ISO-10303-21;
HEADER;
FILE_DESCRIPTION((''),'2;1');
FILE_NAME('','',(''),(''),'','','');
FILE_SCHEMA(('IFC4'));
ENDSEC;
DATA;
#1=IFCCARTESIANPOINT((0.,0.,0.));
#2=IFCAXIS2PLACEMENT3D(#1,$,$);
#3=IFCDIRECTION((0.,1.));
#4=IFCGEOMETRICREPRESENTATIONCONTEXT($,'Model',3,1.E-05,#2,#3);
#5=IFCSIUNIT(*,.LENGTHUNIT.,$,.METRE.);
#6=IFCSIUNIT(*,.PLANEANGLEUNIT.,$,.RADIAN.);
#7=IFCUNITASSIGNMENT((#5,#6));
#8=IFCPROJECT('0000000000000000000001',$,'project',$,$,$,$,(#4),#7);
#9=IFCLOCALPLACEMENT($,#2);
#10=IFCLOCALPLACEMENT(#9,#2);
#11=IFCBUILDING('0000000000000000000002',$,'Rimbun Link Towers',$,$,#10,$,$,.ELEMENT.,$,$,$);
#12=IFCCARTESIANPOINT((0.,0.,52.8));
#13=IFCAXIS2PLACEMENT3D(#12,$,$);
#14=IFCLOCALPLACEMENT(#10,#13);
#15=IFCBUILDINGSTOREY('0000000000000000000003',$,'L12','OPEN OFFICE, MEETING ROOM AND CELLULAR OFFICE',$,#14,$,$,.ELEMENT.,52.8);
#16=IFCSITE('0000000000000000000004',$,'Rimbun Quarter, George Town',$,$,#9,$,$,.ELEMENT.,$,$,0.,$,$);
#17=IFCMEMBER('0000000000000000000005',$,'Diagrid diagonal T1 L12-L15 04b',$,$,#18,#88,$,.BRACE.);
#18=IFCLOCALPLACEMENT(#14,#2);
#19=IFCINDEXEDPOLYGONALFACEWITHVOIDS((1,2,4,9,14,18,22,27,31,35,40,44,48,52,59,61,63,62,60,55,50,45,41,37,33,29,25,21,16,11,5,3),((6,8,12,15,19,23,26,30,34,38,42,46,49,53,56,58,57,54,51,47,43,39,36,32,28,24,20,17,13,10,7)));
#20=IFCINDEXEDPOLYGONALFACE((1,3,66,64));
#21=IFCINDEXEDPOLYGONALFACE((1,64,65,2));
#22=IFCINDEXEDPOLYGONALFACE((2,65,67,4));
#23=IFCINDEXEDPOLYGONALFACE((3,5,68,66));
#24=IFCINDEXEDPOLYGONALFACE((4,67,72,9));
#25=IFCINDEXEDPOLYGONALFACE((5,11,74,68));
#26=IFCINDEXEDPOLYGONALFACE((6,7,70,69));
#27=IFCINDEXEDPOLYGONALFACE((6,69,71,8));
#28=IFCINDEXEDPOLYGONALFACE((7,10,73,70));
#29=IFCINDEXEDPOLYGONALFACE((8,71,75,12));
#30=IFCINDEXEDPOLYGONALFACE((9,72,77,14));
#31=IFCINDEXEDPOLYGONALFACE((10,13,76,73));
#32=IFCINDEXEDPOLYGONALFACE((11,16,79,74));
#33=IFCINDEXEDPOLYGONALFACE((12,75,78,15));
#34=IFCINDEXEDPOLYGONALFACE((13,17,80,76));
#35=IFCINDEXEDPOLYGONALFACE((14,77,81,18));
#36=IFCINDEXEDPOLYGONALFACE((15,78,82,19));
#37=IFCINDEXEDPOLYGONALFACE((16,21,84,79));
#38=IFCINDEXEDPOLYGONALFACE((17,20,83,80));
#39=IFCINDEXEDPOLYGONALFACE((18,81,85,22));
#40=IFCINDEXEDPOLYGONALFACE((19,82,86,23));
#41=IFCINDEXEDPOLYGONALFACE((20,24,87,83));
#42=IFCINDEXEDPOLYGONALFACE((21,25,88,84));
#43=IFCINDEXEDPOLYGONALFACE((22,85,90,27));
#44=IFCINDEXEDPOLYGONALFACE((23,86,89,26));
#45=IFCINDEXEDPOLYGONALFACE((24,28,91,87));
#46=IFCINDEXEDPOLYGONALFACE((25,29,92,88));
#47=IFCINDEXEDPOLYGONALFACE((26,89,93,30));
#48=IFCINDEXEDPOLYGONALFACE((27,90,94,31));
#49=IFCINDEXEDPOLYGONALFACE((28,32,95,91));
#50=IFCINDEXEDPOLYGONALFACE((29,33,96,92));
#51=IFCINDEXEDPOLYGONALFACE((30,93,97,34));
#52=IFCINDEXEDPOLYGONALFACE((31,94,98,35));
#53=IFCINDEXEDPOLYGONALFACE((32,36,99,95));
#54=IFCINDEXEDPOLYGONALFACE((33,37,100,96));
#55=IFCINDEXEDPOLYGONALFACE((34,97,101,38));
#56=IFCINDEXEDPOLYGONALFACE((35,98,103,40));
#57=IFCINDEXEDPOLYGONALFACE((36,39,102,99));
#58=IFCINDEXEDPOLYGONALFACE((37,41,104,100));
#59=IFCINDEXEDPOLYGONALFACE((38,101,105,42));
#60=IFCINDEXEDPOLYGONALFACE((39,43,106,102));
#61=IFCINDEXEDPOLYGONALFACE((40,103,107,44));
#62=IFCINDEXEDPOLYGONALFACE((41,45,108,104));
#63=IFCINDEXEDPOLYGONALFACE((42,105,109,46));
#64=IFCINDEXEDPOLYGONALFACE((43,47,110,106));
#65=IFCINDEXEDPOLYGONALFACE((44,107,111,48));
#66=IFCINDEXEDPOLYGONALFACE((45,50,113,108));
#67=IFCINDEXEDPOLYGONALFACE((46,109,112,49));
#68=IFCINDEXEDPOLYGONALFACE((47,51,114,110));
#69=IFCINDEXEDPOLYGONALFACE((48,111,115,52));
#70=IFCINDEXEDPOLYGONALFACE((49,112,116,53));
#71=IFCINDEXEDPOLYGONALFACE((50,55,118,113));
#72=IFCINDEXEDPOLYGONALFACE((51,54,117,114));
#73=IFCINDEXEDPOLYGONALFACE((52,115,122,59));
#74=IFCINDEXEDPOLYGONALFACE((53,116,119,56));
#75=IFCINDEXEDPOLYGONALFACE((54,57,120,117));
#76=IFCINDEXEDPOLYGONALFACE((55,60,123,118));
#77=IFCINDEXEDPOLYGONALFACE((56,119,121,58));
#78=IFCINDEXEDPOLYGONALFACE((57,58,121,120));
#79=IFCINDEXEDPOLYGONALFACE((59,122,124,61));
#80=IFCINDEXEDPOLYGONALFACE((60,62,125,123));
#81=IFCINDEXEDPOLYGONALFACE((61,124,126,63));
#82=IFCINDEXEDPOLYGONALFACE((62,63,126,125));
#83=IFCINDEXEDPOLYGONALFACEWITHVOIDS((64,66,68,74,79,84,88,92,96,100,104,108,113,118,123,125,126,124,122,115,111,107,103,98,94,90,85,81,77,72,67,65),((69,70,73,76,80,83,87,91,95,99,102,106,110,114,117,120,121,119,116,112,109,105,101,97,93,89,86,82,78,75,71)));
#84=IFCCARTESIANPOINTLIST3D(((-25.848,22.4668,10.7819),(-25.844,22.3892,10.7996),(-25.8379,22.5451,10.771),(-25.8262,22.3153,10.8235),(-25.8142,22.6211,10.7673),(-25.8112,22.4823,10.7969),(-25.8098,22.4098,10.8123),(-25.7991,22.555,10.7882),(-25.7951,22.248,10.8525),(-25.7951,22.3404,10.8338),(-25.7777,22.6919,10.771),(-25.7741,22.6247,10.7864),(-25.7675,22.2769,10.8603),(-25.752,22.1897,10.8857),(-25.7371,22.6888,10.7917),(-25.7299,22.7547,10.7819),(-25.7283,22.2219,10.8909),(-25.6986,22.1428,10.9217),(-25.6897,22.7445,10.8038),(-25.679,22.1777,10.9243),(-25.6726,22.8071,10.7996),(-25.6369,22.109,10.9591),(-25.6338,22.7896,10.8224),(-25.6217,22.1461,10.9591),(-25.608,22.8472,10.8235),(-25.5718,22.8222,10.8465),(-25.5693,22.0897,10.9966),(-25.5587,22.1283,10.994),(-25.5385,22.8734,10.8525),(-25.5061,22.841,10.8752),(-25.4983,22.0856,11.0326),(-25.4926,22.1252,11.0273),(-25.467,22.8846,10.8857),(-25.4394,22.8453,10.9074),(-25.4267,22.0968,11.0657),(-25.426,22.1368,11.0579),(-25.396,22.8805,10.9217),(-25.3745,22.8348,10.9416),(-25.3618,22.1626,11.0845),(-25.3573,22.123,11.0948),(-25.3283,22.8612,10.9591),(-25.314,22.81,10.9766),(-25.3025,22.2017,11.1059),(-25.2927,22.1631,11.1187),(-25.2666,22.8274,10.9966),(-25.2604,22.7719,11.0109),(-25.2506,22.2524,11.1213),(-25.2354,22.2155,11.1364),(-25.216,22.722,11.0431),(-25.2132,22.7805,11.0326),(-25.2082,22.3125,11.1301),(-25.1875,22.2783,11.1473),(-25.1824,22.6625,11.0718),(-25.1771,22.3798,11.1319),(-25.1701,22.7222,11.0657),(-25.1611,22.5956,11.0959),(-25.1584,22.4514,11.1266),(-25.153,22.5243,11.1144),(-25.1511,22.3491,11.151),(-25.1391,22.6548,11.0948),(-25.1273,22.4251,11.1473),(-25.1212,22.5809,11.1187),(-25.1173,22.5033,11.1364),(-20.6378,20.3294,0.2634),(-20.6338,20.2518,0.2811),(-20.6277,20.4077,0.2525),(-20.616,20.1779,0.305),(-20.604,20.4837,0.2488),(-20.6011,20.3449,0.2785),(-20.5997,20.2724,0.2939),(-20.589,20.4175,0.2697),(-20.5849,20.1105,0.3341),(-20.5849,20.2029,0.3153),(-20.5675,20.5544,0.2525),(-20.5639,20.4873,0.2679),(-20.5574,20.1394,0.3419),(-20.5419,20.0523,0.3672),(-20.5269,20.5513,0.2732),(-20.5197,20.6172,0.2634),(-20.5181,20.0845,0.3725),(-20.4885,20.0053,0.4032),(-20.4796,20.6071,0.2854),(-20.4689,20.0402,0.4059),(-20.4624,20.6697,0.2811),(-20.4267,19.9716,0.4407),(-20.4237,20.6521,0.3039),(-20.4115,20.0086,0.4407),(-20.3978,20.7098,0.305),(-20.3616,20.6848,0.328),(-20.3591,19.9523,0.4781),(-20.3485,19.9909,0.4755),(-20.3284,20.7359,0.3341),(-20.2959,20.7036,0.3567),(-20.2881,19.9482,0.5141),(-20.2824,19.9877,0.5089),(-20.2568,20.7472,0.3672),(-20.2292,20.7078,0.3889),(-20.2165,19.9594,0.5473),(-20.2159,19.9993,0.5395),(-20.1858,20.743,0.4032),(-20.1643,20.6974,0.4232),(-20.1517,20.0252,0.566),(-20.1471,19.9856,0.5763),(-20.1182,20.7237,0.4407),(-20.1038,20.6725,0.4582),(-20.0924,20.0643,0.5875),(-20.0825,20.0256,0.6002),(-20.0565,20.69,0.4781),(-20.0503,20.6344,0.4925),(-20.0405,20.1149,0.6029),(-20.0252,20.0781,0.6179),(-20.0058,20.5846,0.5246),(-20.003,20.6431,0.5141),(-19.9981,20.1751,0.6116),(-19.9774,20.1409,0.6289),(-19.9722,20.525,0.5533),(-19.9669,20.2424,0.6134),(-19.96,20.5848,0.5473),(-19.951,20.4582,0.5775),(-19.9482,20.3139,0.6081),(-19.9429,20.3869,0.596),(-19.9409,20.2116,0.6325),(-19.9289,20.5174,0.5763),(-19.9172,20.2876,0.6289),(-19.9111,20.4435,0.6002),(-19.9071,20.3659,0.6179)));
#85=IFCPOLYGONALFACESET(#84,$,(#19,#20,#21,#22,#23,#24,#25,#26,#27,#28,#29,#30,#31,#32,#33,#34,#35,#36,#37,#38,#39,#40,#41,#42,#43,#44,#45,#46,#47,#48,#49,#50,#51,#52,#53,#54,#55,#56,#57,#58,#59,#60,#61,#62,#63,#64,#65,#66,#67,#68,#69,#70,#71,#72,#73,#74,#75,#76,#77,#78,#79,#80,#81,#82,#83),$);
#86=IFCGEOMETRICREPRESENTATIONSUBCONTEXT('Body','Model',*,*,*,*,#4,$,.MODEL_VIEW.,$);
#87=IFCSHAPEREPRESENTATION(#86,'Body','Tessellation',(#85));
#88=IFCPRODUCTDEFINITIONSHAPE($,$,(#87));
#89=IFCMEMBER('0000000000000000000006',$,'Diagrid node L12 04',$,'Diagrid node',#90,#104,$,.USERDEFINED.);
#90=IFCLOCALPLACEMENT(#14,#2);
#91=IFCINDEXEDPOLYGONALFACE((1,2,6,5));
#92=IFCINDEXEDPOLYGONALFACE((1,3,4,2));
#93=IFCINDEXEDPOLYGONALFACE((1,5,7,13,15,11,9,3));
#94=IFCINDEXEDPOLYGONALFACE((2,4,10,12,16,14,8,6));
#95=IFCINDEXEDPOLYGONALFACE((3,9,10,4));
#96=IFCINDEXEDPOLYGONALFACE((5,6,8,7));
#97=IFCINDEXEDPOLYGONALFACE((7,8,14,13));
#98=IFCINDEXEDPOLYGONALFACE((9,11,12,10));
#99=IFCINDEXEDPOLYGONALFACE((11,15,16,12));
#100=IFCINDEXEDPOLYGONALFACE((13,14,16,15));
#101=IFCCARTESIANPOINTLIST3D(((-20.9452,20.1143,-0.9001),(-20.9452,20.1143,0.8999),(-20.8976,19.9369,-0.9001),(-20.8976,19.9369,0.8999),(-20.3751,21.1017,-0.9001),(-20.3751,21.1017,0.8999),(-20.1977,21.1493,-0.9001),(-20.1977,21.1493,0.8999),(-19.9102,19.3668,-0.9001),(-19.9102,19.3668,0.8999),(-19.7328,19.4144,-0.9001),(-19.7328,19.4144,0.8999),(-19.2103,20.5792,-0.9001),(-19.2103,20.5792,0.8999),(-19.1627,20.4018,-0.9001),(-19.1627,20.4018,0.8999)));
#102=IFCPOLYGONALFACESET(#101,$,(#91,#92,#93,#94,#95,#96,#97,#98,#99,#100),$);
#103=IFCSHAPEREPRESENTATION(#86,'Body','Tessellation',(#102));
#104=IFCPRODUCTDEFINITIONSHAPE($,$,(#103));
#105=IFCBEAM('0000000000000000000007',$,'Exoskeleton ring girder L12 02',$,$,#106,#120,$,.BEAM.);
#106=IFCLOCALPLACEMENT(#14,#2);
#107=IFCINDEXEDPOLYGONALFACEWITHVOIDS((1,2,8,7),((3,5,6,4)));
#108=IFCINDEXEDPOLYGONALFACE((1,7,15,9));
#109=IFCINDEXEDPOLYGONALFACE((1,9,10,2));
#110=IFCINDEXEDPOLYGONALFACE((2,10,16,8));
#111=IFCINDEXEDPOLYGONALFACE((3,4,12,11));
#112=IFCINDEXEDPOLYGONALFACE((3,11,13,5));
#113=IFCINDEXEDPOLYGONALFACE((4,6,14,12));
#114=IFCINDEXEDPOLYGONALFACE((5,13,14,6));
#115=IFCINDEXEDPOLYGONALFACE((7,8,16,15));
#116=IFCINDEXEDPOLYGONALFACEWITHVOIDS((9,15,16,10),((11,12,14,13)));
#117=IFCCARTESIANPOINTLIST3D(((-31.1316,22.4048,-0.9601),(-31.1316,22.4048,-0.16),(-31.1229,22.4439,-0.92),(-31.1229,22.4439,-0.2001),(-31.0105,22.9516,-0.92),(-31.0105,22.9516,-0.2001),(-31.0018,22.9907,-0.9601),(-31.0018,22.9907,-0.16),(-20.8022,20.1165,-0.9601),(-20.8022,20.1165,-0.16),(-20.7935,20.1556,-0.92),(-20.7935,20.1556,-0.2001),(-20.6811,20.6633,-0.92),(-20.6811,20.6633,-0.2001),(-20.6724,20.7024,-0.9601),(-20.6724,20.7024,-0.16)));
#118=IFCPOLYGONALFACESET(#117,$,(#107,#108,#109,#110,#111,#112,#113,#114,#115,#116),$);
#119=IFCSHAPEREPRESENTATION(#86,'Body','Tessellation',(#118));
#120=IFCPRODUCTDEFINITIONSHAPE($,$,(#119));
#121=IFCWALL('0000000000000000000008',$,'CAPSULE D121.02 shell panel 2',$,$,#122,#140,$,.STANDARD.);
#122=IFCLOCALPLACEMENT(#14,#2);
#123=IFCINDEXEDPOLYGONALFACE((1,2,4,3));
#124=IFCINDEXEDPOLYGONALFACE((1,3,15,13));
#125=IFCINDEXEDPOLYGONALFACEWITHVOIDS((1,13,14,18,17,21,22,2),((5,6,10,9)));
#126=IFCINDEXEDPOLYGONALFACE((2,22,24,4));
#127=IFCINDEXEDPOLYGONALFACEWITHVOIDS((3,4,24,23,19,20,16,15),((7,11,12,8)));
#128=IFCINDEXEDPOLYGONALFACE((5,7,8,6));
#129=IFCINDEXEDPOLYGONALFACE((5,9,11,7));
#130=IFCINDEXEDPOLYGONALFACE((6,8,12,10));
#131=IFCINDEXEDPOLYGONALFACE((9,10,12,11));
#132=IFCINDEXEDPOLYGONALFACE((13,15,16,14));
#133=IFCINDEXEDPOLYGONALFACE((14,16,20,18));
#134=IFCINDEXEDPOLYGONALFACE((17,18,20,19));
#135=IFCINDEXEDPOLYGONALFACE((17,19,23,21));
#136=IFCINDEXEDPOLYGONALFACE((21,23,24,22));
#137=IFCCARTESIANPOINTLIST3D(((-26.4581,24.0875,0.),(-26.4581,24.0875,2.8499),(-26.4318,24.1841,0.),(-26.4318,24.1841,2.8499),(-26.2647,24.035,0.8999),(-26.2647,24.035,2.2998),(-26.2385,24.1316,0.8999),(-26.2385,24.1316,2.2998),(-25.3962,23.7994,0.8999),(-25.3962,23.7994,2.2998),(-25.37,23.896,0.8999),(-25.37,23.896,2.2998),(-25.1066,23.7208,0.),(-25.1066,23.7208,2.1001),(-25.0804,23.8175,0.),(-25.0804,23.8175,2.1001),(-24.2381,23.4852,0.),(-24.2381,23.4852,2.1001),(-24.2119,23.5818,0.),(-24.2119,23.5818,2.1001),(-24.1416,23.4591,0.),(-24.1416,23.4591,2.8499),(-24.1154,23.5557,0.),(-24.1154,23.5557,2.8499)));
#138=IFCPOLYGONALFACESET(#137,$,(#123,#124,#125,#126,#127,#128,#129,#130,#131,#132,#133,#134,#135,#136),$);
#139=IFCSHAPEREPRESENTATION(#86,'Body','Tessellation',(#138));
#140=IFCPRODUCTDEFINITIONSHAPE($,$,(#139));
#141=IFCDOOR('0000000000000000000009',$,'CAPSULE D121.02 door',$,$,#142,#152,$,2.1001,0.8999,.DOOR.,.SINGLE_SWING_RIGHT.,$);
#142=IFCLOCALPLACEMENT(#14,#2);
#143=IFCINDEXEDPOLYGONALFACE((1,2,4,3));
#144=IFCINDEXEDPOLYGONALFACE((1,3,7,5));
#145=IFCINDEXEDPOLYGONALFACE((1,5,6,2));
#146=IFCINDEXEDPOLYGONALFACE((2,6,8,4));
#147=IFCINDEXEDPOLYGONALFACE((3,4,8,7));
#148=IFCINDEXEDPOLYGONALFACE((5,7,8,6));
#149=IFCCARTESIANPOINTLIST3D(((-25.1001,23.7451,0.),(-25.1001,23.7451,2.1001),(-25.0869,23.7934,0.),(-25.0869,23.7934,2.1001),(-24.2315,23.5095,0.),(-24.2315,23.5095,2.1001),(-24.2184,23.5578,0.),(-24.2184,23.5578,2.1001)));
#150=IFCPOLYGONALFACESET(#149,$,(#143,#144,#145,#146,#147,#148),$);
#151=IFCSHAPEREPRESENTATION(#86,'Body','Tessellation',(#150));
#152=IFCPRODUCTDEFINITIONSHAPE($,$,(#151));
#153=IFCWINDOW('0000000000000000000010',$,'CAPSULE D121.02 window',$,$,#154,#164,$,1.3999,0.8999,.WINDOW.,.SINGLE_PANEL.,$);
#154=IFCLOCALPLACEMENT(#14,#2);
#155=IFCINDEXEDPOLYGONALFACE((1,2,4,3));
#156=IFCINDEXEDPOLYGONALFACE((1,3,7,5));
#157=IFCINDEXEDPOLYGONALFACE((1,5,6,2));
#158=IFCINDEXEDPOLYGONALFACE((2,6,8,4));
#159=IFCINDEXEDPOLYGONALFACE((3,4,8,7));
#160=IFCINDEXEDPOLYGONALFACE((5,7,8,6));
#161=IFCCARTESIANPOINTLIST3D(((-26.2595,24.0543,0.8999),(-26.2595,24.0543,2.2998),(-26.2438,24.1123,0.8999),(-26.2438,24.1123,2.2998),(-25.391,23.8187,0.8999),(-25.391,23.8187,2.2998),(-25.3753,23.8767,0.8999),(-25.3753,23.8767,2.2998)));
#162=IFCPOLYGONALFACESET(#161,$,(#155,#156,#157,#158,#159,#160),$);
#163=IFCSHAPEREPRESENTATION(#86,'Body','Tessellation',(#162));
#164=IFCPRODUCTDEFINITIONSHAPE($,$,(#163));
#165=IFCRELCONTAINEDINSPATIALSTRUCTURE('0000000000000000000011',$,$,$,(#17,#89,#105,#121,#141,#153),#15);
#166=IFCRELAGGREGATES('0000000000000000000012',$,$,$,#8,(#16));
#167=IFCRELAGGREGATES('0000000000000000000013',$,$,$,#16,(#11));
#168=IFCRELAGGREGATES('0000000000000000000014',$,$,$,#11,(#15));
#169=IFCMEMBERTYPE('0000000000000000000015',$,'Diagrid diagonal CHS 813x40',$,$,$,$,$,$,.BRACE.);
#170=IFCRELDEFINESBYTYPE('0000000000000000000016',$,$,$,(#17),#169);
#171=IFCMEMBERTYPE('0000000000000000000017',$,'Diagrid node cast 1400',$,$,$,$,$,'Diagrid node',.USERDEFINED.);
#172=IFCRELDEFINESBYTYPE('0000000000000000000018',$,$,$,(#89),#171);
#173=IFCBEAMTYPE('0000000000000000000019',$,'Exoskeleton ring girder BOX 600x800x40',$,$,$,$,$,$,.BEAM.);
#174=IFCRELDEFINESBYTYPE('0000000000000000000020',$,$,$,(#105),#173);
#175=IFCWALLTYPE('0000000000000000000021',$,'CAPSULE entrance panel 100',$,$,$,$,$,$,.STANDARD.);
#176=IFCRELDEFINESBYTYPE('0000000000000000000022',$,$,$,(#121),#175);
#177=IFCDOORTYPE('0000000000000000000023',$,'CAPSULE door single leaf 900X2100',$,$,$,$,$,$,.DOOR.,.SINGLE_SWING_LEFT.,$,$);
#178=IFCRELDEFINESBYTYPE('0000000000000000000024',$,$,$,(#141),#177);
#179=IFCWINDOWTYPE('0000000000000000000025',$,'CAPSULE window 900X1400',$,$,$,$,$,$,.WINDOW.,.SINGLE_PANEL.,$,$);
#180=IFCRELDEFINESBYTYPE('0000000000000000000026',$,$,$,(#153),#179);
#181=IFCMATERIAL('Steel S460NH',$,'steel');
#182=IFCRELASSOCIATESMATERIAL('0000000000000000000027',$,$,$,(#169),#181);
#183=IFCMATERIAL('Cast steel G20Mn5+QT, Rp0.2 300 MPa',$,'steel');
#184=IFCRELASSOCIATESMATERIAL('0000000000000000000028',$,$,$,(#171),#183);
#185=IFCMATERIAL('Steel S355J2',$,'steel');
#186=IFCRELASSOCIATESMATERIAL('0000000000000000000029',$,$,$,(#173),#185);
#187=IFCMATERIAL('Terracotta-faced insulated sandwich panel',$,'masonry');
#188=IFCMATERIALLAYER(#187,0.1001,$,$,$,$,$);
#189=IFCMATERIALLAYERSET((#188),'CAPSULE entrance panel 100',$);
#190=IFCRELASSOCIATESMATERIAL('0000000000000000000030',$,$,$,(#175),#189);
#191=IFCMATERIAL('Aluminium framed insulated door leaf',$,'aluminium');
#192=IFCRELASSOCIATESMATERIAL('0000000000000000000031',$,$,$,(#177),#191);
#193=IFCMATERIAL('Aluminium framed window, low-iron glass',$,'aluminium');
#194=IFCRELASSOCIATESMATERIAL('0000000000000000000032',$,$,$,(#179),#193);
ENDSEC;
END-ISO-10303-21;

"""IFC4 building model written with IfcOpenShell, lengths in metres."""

from ifc_helpers import new_model, si_unit, direction, frame, frame_2d, origin, origin_2d, place, context, subcontext, project, spatial, polyline, rectangle, hollow_rectangle, hollow_circle, outline, extrude, material, layer, layer_set, material_profile, profile_set, type_object, element, fill, save


model = new_model("IFC4")

# Units and contexts
model_context = context("Model", 3, precision=1e-05, world=origin(), true_north=direction((0.0, 1.0)))
body_context = subcontext(model_context, "Body", "Model", "MODEL_VIEW")
ifc_project = project(units=[si_unit("LENGTHUNIT", "METRE"), si_unit("PLANEANGLEUNIT", "RADIAN")], contexts=[model_context])

# Site, building, storey
site_placement = place(None, origin())
site = spatial("IfcSite", under=ifc_project, at=site_placement, Name="Rimbun Quarter, George Town", CompositionType="ELEMENT", RefElevation=0.0)
building_placement = place(site_placement, origin())
building = spatial("IfcBuilding", under=site, at=building_placement, Name="Rimbun Link Towers", CompositionType="ELEMENT")
storey_placement = place(building_placement, frame((0.0, 0.0, 52.8)))
storey = spatial("IfcBuildingStorey", under=building, at=storey_placement, Name="L12", Description="OPEN OFFICE, MEETING ROOM AND CELLULAR OFFICE", CompositionType="ELEMENT", Elevation=52.8)

# Members
ifc_material_1 = material(Name="Steel S460NH", Category="steel")
ifc_material_profile_1 = material_profile(ifc_material_1, hollow_circle(Radius=0.4065, WallThickness=0.04, at=origin_2d()), Name="Diagrid diagonal CHS 813x40")
ifc_profile_set_1 = profile_set([ifc_material_profile_1], Name="Steel S460NH")
member_type_1 = type_object("IfcMemberType", Name="Diagrid diagonal CHS 813x40", PredefinedType="BRACE", material=ifc_profile_set_1)
member_1_placement = place(storey_placement, frame((-20.2725, 20.3477, 0.4407), z_axis=(-0.436685, 0.179147, 0.881596), x_axis=(-0.379546, -0.925173, 0.0)))
element("IfcMember", 1, at=member_1_placement, inside=storey, type_object=member_type_1, Name="Diagrid diagonal T1 L12-L15 04b", PredefinedType="BRACE", context=body_context, shape_type="SweptSolid", body=[
    extrude(hollow_circle(Radius=0.4065, WallThickness=0.04, at=origin_2d()), origin(), (0.0, 0.0, 1.0), 11.9312),
])
ifc_material_2 = material(Name="Cast steel G20Mn5+QT, Rp0.2 300 MPa", Category="steel")
ifc_material_profile_2 = material_profile(ifc_material_2, outline(polyline([(0.7, -0.5701), (0.7, 0.5701), (0.5701, 0.7), (-0.5701, 0.7), (-0.7, 0.5701), (-0.7, -0.5701), (-0.5701, -0.7), (0.5701, -0.7), (0.7, -0.5701)])), Name="NODE 1400x1400")
ifc_profile_set_2 = profile_set([ifc_material_profile_2], Name="Cast steel G20Mn5+QT, Rp0.2 300 MPa")
member_type_2 = type_object("IfcMemberType", Name="Diagrid node cast 1400", ElementType="Diagrid node", PredefinedType="USERDEFINED", material=ifc_profile_set_2)
member_2_placement = place(storey_placement, frame((-20.054, 20.2581, -0.9001), z_axis=(0.0, 0.0, 1.0), x_axis=(0.5, 0.866025, 0.0)))
element("IfcMember", 2, at=member_2_placement, inside=storey, type_object=member_type_2, Name="Diagrid node L12 04", ObjectType="Diagrid node", PredefinedType="USERDEFINED", context=body_context, shape_type="SweptSolid", body=[
    extrude(outline(polyline([(0.7, -0.5701), (0.7, 0.5701), (0.5701, 0.7), (-0.5701, 0.7), (-0.7, 0.5701), (-0.7, -0.5701), (-0.5701, -0.7), (0.5701, -0.7), (0.7, -0.5701)])), origin(), (0.0, 0.0, 1.0), 1.8),
])

# Beam
ifc_material_3 = material(Name="Steel S355J2", Category="steel")
ifc_material_profile_3 = material_profile(ifc_material_3, hollow_rectangle(XDim=0.6001, YDim=0.8, WallThickness=0.04, at=origin_2d()), Name="Exoskeleton ring girder BOX 600x800x40")
ifc_profile_set_3 = profile_set([ifc_material_profile_3], Name="Steel S355J2")
beam_type_1 = type_object("IfcBeamType", Name="Exoskeleton ring girder BOX 600x800x40", PredefinedType="BEAM", material=ifc_profile_set_3)
beam_1_placement = place(storey_placement, frame((-20.7373, 20.4094, -0.5601), z_axis=(-0.976329, 0.216293, 0.0), x_axis=(-0.216293, -0.976329, 0.0)))
element("IfcBeam", 3, at=beam_1_placement, inside=storey, type_object=beam_type_1, Name="Exoskeleton ring girder L12 02", PredefinedType="BEAM", context=body_context, shape_type="SweptSolid", body=[
    extrude(hollow_rectangle(XDim=0.6001, YDim=0.8, WallThickness=0.04, at=origin_2d()), origin(), (0.0, 0.0, 1.0), 10.5798),
])

# Wall, openings, door, window
ifc_material_4 = material(Name="Terracotta-faced insulated sandwich panel", Category="masonry")
ifc_layer_1 = layer(ifc_material_4, 0.1001)
ifc_layer_set_1 = layer_set([ifc_layer_1], Name="CAPSULE entrance panel 100")
wall_type_1 = type_object("IfcWallType", Name="CAPSULE entrance panel 100", PredefinedType="STANDARD", material=ifc_layer_set_1)
wall_1_placement = place(storey_placement, frame((-24.1284, 23.5073, 0.0), z_axis=(0.0, 0.0, 1.0), x_axis=(-0.965115, 0.261826, 0.0)))
wall_1 = element("IfcWall", 4, at=wall_1_placement, inside=storey, type_object=wall_type_1, Name="CAPSULE D121.02 shell panel 2", PredefinedType="STANDARD", context=body_context, shape_type="SweptSolid", body=[
    extrude(rectangle(XDim=2.4001, YDim=0.1001, at=frame_2d((1.2002, 0.0))), origin(), (0.0, 0.0, 1.0), 2.8499),
])
opening_1_placement = place(wall_1_placement, frame((0.1001, 0.0, 0.0)))
opening_1 = element("IfcOpeningElement", 5, at=opening_1_placement, cuts=wall_1, PredefinedType="OPENING", context=body_context, shape_type="SweptSolid", body=[
    extrude(rectangle(XDim=0.8999, YDim=2.1001, at=frame_2d((0.45, 1.05))), frame((0.0, 0.0601, 0.0), z_axis=(0.0, -1.0, 0.0), x_axis=(1.0, 0.0, 0.0)), (0.0, 0.0, 1.0), 0.1201),
])
opening_2_placement = place(wall_1_placement, frame((1.3, 0.0, 0.8999)))
opening_2 = element("IfcOpeningElement", 6, at=opening_2_placement, cuts=wall_1, PredefinedType="OPENING", context=body_context, shape_type="SweptSolid", body=[
    extrude(rectangle(XDim=0.8999, YDim=1.3999, at=frame_2d((0.45, 0.7))), frame((0.0, 0.0601, 0.0), z_axis=(0.0, -1.0, 0.0), x_axis=(1.0, 0.0, 0.0)), (0.0, 0.0, 1.0), 0.1201),
])
ifc_material_5 = material(Name="Aluminium framed insulated door leaf", Category="aluminium")
door_type = type_object("IfcDoorType", Name="CAPSULE door single leaf 900X2100", OperationType="SINGLE_SWING_LEFT", PredefinedType="DOOR", material=ifc_material_5)
door_1_placement = place(opening_1_placement, origin())
door_1 = element("IfcDoor", 7, at=door_1_placement, inside=storey, type_object=door_type, Name="CAPSULE D121.02 door", OperationType="SINGLE_SWING_RIGHT", OverallHeight=2.1001, OverallWidth=0.8999, PredefinedType="DOOR", context=body_context, shape_type="SweptSolid", body=[
    extrude(rectangle(XDim=0.8999, YDim=2.1001, at=frame_2d((0.45, 1.05))), frame((0.0, 0.0249, 0.0), z_axis=(0.0, -1.0, 0.0), x_axis=(1.0, 0.0, 0.0)), (0.0, 0.0, 1.0), 0.05),
])
fill(opening_1, door_1)
ifc_material_6 = material(Name="Aluminium framed window, low-iron glass", Category="aluminium")
window_type = type_object("IfcWindowType", Name="CAPSULE window 900X1400", PartitioningType="SINGLE_PANEL", PredefinedType="WINDOW", material=ifc_material_6)
window_1_placement = place(opening_2_placement, origin())
window_1 = element("IfcWindow", 8, at=window_1_placement, inside=storey, type_object=window_type, Name="CAPSULE D121.02 window", OverallHeight=1.3999, OverallWidth=0.8999, PartitioningType="SINGLE_PANEL", PredefinedType="WINDOW", context=body_context, shape_type="SweptSolid", body=[
    extrude(rectangle(XDim=0.8999, YDim=1.3999, at=frame_2d((0.45, 0.7))), frame((0.0, 0.03, 0.0), z_axis=(0.0, -1.0, 0.0), x_axis=(1.0, 0.0, 0.0)), (0.0, 0.0, 1.0), 0.0601),
])
fill(opening_2, window_1)

save(model, "model.ifc")
